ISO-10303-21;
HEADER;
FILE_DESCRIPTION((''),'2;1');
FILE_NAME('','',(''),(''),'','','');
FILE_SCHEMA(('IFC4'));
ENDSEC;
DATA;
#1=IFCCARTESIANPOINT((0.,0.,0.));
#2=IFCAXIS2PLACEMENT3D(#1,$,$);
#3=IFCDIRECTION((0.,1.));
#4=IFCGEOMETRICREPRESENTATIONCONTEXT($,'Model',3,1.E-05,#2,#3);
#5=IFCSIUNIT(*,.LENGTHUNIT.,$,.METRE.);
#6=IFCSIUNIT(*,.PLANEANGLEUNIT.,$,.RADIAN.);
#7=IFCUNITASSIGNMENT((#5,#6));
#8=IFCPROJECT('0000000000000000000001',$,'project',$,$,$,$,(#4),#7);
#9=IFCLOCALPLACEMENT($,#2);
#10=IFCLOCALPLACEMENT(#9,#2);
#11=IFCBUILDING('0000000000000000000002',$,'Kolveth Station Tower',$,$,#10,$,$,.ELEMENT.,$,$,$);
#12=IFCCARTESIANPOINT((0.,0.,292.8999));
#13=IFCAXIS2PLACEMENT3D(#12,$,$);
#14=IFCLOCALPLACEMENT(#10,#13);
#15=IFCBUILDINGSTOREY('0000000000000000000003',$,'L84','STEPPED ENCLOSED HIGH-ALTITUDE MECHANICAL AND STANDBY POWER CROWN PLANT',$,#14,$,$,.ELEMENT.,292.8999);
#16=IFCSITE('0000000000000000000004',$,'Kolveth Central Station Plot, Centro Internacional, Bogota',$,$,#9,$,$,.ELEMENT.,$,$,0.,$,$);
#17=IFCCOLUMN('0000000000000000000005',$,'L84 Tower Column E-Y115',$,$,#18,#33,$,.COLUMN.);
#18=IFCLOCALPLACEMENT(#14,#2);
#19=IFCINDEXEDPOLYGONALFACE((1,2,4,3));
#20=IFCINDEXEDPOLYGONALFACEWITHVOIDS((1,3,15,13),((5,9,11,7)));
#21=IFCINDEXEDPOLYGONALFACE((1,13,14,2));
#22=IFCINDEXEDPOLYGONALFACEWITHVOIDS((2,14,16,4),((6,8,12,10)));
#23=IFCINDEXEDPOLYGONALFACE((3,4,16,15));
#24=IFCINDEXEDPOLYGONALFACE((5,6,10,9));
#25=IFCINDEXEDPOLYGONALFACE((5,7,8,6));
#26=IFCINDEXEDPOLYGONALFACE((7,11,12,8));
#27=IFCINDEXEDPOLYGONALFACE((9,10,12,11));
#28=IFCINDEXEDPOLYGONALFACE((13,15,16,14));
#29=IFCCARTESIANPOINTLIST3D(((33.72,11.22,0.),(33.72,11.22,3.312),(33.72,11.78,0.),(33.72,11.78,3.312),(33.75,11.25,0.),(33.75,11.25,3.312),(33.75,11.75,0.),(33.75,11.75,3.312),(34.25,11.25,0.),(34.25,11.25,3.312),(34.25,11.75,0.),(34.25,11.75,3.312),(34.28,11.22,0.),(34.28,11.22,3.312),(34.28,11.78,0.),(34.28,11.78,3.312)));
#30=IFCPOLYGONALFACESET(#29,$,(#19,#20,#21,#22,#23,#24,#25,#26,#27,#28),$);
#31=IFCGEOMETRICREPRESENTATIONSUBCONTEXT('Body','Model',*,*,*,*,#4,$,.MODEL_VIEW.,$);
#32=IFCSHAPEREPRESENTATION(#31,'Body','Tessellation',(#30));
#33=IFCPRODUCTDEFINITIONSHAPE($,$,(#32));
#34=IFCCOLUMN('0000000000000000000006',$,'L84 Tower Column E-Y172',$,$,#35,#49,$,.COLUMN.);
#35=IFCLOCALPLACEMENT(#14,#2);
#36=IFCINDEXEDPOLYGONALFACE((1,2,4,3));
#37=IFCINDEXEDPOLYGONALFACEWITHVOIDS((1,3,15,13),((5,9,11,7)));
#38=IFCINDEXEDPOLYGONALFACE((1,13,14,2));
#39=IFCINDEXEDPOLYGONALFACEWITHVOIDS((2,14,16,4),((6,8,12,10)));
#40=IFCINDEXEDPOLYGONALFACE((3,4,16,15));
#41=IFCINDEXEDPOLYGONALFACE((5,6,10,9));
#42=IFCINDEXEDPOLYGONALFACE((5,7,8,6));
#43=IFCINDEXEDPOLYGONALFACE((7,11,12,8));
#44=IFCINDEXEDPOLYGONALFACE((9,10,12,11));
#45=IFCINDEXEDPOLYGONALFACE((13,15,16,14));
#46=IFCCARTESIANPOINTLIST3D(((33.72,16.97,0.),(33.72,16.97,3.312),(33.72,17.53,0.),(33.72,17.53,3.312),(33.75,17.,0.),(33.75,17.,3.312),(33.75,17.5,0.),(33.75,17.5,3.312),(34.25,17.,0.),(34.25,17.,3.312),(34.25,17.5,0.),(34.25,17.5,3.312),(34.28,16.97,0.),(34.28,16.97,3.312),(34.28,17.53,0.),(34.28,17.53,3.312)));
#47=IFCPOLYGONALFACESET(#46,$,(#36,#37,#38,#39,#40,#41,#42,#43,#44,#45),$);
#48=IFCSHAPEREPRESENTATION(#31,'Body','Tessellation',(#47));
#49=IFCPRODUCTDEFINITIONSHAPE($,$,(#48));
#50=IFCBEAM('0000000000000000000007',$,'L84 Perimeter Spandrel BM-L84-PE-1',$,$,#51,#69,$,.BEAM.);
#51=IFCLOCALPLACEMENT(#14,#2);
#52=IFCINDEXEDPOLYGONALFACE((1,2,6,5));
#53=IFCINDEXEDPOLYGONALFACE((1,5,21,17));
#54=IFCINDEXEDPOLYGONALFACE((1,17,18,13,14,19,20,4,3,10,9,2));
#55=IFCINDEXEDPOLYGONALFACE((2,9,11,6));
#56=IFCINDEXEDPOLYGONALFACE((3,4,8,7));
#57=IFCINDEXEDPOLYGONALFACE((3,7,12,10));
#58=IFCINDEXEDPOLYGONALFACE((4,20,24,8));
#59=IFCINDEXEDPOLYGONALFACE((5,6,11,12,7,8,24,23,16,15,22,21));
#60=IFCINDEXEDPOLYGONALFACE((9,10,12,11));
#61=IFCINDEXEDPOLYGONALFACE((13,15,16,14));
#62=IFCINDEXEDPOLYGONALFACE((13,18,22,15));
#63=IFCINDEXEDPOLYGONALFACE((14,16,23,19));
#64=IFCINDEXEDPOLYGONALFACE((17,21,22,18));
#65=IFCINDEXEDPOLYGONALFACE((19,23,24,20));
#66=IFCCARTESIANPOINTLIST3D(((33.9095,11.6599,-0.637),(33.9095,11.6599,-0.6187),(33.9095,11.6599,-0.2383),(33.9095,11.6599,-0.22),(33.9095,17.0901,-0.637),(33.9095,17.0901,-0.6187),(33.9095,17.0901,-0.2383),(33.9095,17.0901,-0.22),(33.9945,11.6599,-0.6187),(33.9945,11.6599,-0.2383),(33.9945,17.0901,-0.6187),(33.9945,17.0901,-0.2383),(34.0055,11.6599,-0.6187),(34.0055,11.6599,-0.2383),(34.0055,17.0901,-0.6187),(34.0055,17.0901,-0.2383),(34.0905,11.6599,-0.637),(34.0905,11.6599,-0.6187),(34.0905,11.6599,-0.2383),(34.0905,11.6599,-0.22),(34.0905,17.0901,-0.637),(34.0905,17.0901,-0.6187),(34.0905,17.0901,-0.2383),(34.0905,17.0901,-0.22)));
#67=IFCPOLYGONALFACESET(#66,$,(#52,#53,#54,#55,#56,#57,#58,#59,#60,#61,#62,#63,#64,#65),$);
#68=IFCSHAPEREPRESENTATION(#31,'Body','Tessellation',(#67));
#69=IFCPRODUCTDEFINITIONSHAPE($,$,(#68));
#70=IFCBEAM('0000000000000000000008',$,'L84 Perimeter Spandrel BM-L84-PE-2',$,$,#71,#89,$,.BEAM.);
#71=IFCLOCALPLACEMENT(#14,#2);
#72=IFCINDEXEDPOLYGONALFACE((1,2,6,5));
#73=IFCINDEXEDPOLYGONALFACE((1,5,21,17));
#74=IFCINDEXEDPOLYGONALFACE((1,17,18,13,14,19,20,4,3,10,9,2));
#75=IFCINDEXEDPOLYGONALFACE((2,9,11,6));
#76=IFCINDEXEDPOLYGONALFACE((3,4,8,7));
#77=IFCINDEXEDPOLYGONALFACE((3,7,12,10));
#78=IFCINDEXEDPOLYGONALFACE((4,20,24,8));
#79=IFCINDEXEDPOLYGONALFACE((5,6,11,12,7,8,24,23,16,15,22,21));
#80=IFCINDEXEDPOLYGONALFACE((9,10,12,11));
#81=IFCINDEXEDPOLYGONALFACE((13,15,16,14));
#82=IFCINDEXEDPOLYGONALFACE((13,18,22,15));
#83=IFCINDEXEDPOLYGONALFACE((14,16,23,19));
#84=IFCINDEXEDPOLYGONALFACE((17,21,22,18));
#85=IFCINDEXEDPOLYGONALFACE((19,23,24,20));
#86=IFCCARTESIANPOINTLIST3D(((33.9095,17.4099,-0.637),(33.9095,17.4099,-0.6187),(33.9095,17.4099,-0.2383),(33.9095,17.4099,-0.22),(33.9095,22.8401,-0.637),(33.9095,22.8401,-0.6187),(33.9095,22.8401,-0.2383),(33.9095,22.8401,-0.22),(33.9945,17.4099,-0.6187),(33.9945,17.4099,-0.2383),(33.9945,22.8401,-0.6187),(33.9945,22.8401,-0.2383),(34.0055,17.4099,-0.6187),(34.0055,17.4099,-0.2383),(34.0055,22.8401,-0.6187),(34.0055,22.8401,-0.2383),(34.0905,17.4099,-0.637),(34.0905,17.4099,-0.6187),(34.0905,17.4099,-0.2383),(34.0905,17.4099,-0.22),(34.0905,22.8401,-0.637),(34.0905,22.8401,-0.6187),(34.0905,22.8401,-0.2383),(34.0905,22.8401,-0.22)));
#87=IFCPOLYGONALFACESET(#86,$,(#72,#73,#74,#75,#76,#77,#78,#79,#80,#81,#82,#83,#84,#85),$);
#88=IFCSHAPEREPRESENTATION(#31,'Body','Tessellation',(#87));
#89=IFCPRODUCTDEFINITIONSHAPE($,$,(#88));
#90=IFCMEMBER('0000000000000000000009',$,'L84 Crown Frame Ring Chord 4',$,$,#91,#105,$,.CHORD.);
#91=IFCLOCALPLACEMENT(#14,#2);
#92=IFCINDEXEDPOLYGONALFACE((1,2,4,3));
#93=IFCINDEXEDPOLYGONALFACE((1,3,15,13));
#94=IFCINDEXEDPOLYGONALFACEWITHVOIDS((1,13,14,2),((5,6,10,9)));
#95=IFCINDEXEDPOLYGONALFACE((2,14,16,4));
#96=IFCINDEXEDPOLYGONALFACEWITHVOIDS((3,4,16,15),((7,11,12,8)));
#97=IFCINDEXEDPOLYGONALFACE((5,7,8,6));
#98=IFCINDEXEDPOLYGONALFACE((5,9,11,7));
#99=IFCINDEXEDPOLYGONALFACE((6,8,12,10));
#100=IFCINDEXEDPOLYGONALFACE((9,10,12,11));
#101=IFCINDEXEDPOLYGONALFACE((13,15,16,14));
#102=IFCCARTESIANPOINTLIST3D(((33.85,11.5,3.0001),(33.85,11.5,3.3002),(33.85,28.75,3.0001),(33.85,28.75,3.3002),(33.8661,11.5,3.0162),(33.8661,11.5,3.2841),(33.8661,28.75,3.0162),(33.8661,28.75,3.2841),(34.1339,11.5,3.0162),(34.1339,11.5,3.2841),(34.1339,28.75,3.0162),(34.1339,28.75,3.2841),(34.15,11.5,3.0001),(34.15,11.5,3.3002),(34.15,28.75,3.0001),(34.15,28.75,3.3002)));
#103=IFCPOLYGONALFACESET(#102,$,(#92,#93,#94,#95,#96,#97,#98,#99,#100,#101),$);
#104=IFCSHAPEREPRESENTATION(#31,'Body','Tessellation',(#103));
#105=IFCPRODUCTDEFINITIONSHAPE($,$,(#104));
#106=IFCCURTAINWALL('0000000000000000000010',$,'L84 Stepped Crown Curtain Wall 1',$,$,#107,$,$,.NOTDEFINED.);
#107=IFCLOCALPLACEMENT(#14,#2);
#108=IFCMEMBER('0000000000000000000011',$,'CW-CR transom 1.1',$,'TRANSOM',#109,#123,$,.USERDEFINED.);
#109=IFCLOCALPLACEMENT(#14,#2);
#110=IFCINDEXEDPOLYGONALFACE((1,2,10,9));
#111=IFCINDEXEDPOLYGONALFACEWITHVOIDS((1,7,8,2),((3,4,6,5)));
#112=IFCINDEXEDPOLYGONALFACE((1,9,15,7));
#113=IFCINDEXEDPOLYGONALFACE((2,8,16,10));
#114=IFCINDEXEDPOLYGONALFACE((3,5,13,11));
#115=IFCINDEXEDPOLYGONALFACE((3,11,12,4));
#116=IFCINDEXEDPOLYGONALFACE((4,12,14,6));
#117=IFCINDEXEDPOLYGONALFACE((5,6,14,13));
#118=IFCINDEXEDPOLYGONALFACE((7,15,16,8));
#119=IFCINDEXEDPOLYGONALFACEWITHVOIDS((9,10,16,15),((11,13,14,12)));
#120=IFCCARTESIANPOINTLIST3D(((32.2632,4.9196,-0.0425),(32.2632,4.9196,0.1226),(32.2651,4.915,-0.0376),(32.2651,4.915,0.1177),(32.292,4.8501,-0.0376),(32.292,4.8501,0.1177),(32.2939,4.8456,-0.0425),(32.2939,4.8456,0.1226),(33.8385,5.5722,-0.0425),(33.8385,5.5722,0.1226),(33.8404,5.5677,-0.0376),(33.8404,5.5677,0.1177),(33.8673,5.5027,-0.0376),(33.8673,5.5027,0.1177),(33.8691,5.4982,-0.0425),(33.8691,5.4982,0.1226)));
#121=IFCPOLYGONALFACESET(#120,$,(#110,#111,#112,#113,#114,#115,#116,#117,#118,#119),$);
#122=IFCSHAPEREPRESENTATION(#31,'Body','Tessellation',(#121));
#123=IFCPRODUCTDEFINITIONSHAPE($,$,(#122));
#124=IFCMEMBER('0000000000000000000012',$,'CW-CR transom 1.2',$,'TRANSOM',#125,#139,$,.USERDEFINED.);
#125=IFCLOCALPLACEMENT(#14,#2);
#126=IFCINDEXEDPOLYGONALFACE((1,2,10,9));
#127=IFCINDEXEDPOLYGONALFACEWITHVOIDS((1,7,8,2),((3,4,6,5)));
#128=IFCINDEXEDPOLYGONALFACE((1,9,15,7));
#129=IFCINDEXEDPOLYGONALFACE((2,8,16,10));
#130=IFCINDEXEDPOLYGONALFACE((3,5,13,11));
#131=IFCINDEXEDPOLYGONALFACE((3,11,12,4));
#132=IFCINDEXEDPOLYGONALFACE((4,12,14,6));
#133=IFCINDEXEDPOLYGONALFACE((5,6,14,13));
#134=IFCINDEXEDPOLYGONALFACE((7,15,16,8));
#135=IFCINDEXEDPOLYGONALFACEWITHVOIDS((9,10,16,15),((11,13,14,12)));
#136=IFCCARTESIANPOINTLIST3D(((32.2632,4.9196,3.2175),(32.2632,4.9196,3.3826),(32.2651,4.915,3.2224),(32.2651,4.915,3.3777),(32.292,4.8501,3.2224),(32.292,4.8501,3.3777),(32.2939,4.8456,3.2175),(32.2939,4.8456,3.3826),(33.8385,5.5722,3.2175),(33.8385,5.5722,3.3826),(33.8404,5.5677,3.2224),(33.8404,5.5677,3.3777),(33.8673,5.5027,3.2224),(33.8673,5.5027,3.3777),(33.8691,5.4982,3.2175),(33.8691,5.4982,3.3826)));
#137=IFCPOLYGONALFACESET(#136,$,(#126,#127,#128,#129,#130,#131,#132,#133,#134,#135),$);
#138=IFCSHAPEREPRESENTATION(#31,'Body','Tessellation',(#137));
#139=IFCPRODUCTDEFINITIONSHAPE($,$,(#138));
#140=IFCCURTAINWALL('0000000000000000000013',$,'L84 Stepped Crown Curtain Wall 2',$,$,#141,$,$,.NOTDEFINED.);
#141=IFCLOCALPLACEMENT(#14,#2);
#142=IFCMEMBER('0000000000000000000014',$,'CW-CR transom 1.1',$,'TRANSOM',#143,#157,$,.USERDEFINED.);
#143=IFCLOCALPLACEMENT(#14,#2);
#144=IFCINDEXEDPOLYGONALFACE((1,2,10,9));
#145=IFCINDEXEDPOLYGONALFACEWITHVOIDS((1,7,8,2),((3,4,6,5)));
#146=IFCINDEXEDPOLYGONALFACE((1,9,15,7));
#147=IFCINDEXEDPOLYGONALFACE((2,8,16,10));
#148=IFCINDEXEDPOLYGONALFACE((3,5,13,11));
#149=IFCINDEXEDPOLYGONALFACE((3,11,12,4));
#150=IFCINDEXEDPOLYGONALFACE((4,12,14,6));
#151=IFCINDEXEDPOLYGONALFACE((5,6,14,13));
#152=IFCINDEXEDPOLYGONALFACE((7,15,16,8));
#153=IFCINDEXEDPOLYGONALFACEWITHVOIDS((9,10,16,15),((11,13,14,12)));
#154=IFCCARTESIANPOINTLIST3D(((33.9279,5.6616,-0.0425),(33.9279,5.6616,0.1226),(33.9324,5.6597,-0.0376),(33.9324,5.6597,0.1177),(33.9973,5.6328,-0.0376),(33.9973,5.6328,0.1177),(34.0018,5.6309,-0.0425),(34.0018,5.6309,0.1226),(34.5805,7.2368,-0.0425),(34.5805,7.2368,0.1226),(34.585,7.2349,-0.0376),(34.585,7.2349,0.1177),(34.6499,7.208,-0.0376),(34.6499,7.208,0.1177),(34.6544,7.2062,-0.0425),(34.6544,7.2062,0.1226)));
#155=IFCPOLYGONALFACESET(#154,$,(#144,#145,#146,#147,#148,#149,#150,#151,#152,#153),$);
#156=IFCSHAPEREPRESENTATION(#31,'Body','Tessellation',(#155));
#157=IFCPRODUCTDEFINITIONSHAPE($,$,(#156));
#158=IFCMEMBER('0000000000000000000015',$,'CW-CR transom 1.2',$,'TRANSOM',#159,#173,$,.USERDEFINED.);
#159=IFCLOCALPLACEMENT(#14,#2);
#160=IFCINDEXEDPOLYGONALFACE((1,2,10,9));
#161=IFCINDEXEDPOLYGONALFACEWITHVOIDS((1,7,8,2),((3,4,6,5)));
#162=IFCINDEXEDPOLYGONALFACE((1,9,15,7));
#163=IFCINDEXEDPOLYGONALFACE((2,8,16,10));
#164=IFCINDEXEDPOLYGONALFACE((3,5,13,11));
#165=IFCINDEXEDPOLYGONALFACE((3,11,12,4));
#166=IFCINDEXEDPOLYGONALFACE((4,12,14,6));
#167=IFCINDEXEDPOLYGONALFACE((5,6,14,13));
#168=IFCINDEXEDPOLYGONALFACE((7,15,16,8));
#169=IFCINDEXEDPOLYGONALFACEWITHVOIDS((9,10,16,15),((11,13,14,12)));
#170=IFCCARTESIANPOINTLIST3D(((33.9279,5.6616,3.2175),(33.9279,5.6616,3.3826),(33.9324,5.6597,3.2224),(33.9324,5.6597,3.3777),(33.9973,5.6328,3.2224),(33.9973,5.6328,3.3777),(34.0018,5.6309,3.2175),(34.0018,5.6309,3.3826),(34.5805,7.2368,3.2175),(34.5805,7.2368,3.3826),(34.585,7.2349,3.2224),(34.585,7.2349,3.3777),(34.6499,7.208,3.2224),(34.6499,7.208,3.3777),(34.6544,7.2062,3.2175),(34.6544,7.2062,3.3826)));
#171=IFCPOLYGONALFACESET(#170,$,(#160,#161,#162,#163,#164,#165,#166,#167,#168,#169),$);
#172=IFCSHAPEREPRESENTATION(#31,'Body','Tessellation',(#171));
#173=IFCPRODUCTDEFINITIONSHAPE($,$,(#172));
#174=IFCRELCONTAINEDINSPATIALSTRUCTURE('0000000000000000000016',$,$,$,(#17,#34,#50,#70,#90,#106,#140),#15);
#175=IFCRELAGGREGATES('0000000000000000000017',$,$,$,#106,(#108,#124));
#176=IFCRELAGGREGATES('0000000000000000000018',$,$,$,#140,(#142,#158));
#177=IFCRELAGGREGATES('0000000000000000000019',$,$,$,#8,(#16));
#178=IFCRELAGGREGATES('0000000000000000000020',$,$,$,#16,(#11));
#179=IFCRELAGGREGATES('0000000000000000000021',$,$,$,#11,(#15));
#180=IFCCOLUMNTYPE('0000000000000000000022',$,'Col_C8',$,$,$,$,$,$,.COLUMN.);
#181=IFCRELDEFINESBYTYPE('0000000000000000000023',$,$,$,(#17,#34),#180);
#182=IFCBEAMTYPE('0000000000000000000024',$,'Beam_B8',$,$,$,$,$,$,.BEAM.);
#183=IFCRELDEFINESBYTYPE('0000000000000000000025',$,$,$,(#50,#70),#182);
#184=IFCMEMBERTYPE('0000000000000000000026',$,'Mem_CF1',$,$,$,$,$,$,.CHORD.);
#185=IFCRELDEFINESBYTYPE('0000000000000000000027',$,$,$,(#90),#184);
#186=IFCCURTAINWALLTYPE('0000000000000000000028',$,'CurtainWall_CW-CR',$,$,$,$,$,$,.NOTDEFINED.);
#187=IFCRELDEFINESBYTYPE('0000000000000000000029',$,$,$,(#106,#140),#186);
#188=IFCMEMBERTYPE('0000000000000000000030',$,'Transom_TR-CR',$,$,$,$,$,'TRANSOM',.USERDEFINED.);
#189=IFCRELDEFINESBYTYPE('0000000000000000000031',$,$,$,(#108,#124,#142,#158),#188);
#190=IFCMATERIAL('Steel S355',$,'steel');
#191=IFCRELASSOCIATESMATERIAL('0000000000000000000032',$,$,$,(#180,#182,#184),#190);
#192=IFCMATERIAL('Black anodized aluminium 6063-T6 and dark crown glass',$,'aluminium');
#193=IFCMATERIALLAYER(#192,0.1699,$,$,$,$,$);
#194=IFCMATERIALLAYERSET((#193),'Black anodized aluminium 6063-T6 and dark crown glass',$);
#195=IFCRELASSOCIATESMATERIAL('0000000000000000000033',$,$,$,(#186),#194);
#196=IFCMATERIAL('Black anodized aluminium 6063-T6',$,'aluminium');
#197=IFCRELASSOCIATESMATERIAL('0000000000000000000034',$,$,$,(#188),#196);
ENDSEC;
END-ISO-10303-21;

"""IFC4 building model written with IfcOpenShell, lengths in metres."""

from ifc_helpers import new_model, si_unit, direction, frame, origin, origin_2d, place, context, subcontext, project, spatial, hollow_rectangle, i_section, extrude, source, transform, mapped, material, layer, layer_set, material_profile, profile_set, type_object, element, aggregate, save


model = new_model("IFC4")

# Units and contexts
model_context = context("Model", 3, precision=1e-05, world=origin(), true_north=direction((0.0, 1.0)))
body_context = subcontext(model_context, "Body", "Model", "MODEL_VIEW")
ifc_project = project(units=[si_unit("LENGTHUNIT", "METRE"), si_unit("PLANEANGLEUNIT", "RADIAN")], contexts=[model_context])

# Site, building, storey
site_placement = place(None, origin())
site = spatial("IfcSite", under=ifc_project, at=site_placement, Name="Kolveth Central Station Plot, Centro Internacional, Bogota", CompositionType="ELEMENT", RefElevation=0.0)
building_placement = place(site_placement, origin())
building = spatial("IfcBuilding", under=site, at=building_placement, Name="Kolveth Station Tower", CompositionType="ELEMENT")
storey_placement = place(building_placement, frame((0.0, 0.0, 292.8999)))
storey = spatial("IfcBuildingStorey", under=building, at=storey_placement, Name="L84", Description="STEPPED ENCLOSED HIGH-ALTITUDE MECHANICAL AND STANDBY POWER CROWN PLANT", CompositionType="ELEMENT", Elevation=292.8999)

# Columns
ifc_material_1 = material(Name="Steel S355", Category="steel")
ifc_material_profile_1 = material_profile(ifc_material_1, hollow_rectangle(XDim=0.5601, YDim=0.5601, WallThickness=0.03, at=origin_2d()), Name="BOX560x560x30")
ifc_profile_set_1 = profile_set([ifc_material_profile_1], Name="Steel S355")
column_type = type_object("IfcColumnType", Name="Col_C8", PredefinedType="COLUMN", material=ifc_profile_set_1)
shared_shape_1 = source(origin(), body_context, "Body", "SweptSolid", [
    extrude(hollow_rectangle(XDim=0.5601, YDim=0.5601, WallThickness=0.03, at=origin_2d()), origin(), (0.0, 0.0, 1.0), 3.312),
])
for number, where, z_axis, x_axis, name in (
    (1, (34.0, 11.5, 0.0), (0.0, 0.0, 1.0), (1.0, 0.0, 0.0), "L84 Tower Column E-Y115"),
    (2, (34.0, 17.25, 0.0), (0.0, 0.0, 1.0), (1.0, 0.0, 0.0), "L84 Tower Column E-Y172"),
):
    element("IfcColumn", number, at=place(storey_placement, frame(where, z_axis=z_axis, x_axis=x_axis)), inside=storey, type_object=column_type, Name=name, PredefinedType="COLUMN", context=body_context, shape_type="MappedRepresentation", body=[
        mapped(shared_shape_1, transform((0.0, 0.0, 0.0), x_axis=(1.0, 0.0, 0.0), y_axis=(0.0, 1.0, 0.0), z_axis=(0.0, 0.0, 1.0), scale=1.0)),
    ])

# Beams
ifc_material_profile_2 = material_profile(ifc_material_1, i_section(OverallWidth=0.1809, OverallDepth=0.417, WebThickness=0.011, FlangeThickness=0.0183, at=origin_2d()), Name="W410x85")
ifc_profile_set_2 = profile_set([ifc_material_profile_2], Name="Steel S355")
beam_type = type_object("IfcBeamType", Name="Beam_B8", PredefinedType="BEAM", material=ifc_profile_set_2)
shared_shape_2 = source(origin(), body_context, "Body", "SweptSolid", [
    extrude(i_section(OverallWidth=0.1809, OverallDepth=0.417, WebThickness=0.011, FlangeThickness=0.0183, at=origin_2d()), origin(), (0.0, 0.0, 1.0), 5.4302),
])
for number, where, z_axis, x_axis, name in (
    (3, (34.0, 11.6599, -0.4285), (0.0, 1.0, 0.0), (-1.0, 0.0, 0.0), "L84 Perimeter Spandrel BM-L84-PE-1"),
    (4, (34.0, 17.4099, -0.4285), (0.0, 1.0, 0.0), (-1.0, 0.0, 0.0), "L84 Perimeter Spandrel BM-L84-PE-2"),
):
    element("IfcBeam", number, at=place(storey_placement, frame(where, z_axis=z_axis, x_axis=x_axis)), inside=storey, type_object=beam_type, Name=name, PredefinedType="BEAM", context=body_context, shape_type="MappedRepresentation", body=[
        mapped(shared_shape_2, transform((0.0, 0.0, 0.0), x_axis=(1.0, 0.0, 0.0), y_axis=(0.0, 1.0, 0.0), z_axis=(0.0, 0.0, 1.0), scale=1.0)),
    ])

# Member
ifc_material_profile_3 = material_profile(ifc_material_1, hollow_rectangle(XDim=0.3, YDim=0.3, WallThickness=0.0161, at=origin_2d()), Name="CROWN-HSS300x300x16")
ifc_profile_set_3 = profile_set([ifc_material_profile_3], Name="Steel S355")
member_type_1 = type_object("IfcMemberType", Name="Mem_CF1", PredefinedType="CHORD", material=ifc_profile_set_3)
shared_shape_3 = source(origin(), body_context, "Body", "SweptSolid", [
    extrude(hollow_rectangle(XDim=0.3, YDim=0.3, WallThickness=0.0161, at=origin_2d()), origin(), (0.0, 0.0, 1.0), 17.25),
])
member_1_placement = place(storey_placement, frame((34.0, 11.5, 3.1501), z_axis=(0.0, 1.0, 0.0), x_axis=(-1.0, 0.0, 0.0)))
element("IfcMember", 5, at=member_1_placement, inside=storey, type_object=member_type_1, Name="L84 Crown Frame Ring Chord 4", PredefinedType="CHORD", context=body_context, shape_type="MappedRepresentation", body=[
    mapped(shared_shape_3, transform((0.0, 0.0, 0.0), x_axis=(1.0, 0.0, 0.0), y_axis=(0.0, 1.0, 0.0), z_axis=(0.0, 0.0, 1.0), scale=1.0)),
])

# Curtain walls, members
ifc_material_2 = material(Name="Black anodized aluminium 6063-T6 and dark crown glass", Category="aluminium")
ifc_layer_1 = layer(ifc_material_2, 0.1699)
ifc_layer_set_1 = layer_set([ifc_layer_1], Name="Black anodized aluminium 6063-T6 and dark crown glass")
curtain_wall_type = type_object("IfcCurtainWallType", Name="CurtainWall_CW-CR", PredefinedType="NOTDEFINED", material=ifc_layer_set_1)
curtain_wall_1_placement = place(storey_placement, origin())
curtain_wall_1 = element("IfcCurtainWall", 6, at=curtain_wall_1_placement, inside=storey, type_object=curtain_wall_type, Name="L84 Stepped Crown Curtain Wall 1", PredefinedType="NOTDEFINED")
ifc_material_3 = material(Name="Black anodized aluminium 6063-T6", Category="aluminium")
ifc_material_profile_4 = material_profile(ifc_material_3, hollow_rectangle(XDim=0.0801, YDim=0.165, WallThickness=0.0049, at=origin_2d()), Name="ALU-80x165x5")
ifc_profile_set_4 = profile_set([ifc_material_profile_4], Name="Black anodized aluminium 6063-T6")
member_type_2 = type_object("IfcMemberType", Name="Transom_TR-CR", ElementType="TRANSOM", PredefinedType="USERDEFINED", material=ifc_profile_set_4)
shared_shape_4 = source(origin(), body_context, "Body", "SweptSolid", [
    extrude(hollow_rectangle(XDim=0.0801, YDim=0.165, WallThickness=0.0049, at=origin_2d()), origin(), (0.0, 0.0, 1.0), 1.7051),
])
member_2_placement = place(storey_placement, frame((32.2786, 4.8826, 0.04), z_axis=(0.923855, 0.382744, 0.0), x_axis=(-0.382744, 0.923855, 0.0)))
member_2 = element("IfcMember", 7, at=member_2_placement, type_object=member_type_2, Name="CW-CR transom 1.1", ObjectType="TRANSOM", PredefinedType="USERDEFINED", context=body_context, shape_type="MappedRepresentation", body=[
    mapped(shared_shape_4, transform((0.0, 0.0, 0.0), x_axis=(1.0, 0.0, 0.0), y_axis=(0.0, 1.0, 0.0), z_axis=(0.0, 0.0, 1.0), scale=1.0)),
])
member_3_placement = place(storey_placement, frame((32.2786, 4.8826, 3.3), z_axis=(0.923855, 0.382744, 0.0), x_axis=(-0.382744, 0.923855, 0.0)))
member_3 = element("IfcMember", 8, at=member_3_placement, type_object=member_type_2, Name="CW-CR transom 1.2", ObjectType="TRANSOM", PredefinedType="USERDEFINED", context=body_context, shape_type="MappedRepresentation", body=[
    mapped(shared_shape_4, transform((0.0, 0.0, 0.0), x_axis=(1.0, 0.0, 0.0), y_axis=(0.0, 1.0, 0.0), z_axis=(0.0, 0.0, 1.0), scale=1.0)),
])
curtain_wall_2_placement = place(storey_placement, origin())
curtain_wall_2 = element("IfcCurtainWall", 9, at=curtain_wall_2_placement, inside=storey, type_object=curtain_wall_type, Name="L84 Stepped Crown Curtain Wall 2", PredefinedType="NOTDEFINED")
member_4_placement = place(storey_placement, frame((33.9648, 5.6462, 0.04), z_axis=(0.382744, 0.923855, 0.0), x_axis=(-0.923855, 0.382744, 0.0)))
member_4 = element("IfcMember", 10, at=member_4_placement, type_object=member_type_2, Name="CW-CR transom 1.1", ObjectType="TRANSOM", PredefinedType="USERDEFINED", context=body_context, shape_type="MappedRepresentation", body=[
    mapped(shared_shape_4, transform((0.0, 0.0, 0.0), x_axis=(1.0, 0.0, 0.0), y_axis=(0.0, 1.0, 0.0), z_axis=(0.0, 0.0, 1.0), scale=1.0)),
])
member_5_placement = place(storey_placement, frame((33.9648, 5.6462, 3.3), z_axis=(0.382744, 0.923855, 0.0), x_axis=(-0.923855, 0.382744, 0.0)))
member_5 = element("IfcMember", 11, at=member_5_placement, type_object=member_type_2, Name="CW-CR transom 1.2", ObjectType="TRANSOM", PredefinedType="USERDEFINED", context=body_context, shape_type="MappedRepresentation", body=[
    mapped(shared_shape_4, transform((0.0, 0.0, 0.0), x_axis=(1.0, 0.0, 0.0), y_axis=(0.0, 1.0, 0.0), z_axis=(0.0, 0.0, 1.0), scale=1.0)),
])

aggregate(curtain_wall_1, [member_2, member_3])
aggregate(curtain_wall_2, [member_4, member_5])

save(model, "model.ifc")
